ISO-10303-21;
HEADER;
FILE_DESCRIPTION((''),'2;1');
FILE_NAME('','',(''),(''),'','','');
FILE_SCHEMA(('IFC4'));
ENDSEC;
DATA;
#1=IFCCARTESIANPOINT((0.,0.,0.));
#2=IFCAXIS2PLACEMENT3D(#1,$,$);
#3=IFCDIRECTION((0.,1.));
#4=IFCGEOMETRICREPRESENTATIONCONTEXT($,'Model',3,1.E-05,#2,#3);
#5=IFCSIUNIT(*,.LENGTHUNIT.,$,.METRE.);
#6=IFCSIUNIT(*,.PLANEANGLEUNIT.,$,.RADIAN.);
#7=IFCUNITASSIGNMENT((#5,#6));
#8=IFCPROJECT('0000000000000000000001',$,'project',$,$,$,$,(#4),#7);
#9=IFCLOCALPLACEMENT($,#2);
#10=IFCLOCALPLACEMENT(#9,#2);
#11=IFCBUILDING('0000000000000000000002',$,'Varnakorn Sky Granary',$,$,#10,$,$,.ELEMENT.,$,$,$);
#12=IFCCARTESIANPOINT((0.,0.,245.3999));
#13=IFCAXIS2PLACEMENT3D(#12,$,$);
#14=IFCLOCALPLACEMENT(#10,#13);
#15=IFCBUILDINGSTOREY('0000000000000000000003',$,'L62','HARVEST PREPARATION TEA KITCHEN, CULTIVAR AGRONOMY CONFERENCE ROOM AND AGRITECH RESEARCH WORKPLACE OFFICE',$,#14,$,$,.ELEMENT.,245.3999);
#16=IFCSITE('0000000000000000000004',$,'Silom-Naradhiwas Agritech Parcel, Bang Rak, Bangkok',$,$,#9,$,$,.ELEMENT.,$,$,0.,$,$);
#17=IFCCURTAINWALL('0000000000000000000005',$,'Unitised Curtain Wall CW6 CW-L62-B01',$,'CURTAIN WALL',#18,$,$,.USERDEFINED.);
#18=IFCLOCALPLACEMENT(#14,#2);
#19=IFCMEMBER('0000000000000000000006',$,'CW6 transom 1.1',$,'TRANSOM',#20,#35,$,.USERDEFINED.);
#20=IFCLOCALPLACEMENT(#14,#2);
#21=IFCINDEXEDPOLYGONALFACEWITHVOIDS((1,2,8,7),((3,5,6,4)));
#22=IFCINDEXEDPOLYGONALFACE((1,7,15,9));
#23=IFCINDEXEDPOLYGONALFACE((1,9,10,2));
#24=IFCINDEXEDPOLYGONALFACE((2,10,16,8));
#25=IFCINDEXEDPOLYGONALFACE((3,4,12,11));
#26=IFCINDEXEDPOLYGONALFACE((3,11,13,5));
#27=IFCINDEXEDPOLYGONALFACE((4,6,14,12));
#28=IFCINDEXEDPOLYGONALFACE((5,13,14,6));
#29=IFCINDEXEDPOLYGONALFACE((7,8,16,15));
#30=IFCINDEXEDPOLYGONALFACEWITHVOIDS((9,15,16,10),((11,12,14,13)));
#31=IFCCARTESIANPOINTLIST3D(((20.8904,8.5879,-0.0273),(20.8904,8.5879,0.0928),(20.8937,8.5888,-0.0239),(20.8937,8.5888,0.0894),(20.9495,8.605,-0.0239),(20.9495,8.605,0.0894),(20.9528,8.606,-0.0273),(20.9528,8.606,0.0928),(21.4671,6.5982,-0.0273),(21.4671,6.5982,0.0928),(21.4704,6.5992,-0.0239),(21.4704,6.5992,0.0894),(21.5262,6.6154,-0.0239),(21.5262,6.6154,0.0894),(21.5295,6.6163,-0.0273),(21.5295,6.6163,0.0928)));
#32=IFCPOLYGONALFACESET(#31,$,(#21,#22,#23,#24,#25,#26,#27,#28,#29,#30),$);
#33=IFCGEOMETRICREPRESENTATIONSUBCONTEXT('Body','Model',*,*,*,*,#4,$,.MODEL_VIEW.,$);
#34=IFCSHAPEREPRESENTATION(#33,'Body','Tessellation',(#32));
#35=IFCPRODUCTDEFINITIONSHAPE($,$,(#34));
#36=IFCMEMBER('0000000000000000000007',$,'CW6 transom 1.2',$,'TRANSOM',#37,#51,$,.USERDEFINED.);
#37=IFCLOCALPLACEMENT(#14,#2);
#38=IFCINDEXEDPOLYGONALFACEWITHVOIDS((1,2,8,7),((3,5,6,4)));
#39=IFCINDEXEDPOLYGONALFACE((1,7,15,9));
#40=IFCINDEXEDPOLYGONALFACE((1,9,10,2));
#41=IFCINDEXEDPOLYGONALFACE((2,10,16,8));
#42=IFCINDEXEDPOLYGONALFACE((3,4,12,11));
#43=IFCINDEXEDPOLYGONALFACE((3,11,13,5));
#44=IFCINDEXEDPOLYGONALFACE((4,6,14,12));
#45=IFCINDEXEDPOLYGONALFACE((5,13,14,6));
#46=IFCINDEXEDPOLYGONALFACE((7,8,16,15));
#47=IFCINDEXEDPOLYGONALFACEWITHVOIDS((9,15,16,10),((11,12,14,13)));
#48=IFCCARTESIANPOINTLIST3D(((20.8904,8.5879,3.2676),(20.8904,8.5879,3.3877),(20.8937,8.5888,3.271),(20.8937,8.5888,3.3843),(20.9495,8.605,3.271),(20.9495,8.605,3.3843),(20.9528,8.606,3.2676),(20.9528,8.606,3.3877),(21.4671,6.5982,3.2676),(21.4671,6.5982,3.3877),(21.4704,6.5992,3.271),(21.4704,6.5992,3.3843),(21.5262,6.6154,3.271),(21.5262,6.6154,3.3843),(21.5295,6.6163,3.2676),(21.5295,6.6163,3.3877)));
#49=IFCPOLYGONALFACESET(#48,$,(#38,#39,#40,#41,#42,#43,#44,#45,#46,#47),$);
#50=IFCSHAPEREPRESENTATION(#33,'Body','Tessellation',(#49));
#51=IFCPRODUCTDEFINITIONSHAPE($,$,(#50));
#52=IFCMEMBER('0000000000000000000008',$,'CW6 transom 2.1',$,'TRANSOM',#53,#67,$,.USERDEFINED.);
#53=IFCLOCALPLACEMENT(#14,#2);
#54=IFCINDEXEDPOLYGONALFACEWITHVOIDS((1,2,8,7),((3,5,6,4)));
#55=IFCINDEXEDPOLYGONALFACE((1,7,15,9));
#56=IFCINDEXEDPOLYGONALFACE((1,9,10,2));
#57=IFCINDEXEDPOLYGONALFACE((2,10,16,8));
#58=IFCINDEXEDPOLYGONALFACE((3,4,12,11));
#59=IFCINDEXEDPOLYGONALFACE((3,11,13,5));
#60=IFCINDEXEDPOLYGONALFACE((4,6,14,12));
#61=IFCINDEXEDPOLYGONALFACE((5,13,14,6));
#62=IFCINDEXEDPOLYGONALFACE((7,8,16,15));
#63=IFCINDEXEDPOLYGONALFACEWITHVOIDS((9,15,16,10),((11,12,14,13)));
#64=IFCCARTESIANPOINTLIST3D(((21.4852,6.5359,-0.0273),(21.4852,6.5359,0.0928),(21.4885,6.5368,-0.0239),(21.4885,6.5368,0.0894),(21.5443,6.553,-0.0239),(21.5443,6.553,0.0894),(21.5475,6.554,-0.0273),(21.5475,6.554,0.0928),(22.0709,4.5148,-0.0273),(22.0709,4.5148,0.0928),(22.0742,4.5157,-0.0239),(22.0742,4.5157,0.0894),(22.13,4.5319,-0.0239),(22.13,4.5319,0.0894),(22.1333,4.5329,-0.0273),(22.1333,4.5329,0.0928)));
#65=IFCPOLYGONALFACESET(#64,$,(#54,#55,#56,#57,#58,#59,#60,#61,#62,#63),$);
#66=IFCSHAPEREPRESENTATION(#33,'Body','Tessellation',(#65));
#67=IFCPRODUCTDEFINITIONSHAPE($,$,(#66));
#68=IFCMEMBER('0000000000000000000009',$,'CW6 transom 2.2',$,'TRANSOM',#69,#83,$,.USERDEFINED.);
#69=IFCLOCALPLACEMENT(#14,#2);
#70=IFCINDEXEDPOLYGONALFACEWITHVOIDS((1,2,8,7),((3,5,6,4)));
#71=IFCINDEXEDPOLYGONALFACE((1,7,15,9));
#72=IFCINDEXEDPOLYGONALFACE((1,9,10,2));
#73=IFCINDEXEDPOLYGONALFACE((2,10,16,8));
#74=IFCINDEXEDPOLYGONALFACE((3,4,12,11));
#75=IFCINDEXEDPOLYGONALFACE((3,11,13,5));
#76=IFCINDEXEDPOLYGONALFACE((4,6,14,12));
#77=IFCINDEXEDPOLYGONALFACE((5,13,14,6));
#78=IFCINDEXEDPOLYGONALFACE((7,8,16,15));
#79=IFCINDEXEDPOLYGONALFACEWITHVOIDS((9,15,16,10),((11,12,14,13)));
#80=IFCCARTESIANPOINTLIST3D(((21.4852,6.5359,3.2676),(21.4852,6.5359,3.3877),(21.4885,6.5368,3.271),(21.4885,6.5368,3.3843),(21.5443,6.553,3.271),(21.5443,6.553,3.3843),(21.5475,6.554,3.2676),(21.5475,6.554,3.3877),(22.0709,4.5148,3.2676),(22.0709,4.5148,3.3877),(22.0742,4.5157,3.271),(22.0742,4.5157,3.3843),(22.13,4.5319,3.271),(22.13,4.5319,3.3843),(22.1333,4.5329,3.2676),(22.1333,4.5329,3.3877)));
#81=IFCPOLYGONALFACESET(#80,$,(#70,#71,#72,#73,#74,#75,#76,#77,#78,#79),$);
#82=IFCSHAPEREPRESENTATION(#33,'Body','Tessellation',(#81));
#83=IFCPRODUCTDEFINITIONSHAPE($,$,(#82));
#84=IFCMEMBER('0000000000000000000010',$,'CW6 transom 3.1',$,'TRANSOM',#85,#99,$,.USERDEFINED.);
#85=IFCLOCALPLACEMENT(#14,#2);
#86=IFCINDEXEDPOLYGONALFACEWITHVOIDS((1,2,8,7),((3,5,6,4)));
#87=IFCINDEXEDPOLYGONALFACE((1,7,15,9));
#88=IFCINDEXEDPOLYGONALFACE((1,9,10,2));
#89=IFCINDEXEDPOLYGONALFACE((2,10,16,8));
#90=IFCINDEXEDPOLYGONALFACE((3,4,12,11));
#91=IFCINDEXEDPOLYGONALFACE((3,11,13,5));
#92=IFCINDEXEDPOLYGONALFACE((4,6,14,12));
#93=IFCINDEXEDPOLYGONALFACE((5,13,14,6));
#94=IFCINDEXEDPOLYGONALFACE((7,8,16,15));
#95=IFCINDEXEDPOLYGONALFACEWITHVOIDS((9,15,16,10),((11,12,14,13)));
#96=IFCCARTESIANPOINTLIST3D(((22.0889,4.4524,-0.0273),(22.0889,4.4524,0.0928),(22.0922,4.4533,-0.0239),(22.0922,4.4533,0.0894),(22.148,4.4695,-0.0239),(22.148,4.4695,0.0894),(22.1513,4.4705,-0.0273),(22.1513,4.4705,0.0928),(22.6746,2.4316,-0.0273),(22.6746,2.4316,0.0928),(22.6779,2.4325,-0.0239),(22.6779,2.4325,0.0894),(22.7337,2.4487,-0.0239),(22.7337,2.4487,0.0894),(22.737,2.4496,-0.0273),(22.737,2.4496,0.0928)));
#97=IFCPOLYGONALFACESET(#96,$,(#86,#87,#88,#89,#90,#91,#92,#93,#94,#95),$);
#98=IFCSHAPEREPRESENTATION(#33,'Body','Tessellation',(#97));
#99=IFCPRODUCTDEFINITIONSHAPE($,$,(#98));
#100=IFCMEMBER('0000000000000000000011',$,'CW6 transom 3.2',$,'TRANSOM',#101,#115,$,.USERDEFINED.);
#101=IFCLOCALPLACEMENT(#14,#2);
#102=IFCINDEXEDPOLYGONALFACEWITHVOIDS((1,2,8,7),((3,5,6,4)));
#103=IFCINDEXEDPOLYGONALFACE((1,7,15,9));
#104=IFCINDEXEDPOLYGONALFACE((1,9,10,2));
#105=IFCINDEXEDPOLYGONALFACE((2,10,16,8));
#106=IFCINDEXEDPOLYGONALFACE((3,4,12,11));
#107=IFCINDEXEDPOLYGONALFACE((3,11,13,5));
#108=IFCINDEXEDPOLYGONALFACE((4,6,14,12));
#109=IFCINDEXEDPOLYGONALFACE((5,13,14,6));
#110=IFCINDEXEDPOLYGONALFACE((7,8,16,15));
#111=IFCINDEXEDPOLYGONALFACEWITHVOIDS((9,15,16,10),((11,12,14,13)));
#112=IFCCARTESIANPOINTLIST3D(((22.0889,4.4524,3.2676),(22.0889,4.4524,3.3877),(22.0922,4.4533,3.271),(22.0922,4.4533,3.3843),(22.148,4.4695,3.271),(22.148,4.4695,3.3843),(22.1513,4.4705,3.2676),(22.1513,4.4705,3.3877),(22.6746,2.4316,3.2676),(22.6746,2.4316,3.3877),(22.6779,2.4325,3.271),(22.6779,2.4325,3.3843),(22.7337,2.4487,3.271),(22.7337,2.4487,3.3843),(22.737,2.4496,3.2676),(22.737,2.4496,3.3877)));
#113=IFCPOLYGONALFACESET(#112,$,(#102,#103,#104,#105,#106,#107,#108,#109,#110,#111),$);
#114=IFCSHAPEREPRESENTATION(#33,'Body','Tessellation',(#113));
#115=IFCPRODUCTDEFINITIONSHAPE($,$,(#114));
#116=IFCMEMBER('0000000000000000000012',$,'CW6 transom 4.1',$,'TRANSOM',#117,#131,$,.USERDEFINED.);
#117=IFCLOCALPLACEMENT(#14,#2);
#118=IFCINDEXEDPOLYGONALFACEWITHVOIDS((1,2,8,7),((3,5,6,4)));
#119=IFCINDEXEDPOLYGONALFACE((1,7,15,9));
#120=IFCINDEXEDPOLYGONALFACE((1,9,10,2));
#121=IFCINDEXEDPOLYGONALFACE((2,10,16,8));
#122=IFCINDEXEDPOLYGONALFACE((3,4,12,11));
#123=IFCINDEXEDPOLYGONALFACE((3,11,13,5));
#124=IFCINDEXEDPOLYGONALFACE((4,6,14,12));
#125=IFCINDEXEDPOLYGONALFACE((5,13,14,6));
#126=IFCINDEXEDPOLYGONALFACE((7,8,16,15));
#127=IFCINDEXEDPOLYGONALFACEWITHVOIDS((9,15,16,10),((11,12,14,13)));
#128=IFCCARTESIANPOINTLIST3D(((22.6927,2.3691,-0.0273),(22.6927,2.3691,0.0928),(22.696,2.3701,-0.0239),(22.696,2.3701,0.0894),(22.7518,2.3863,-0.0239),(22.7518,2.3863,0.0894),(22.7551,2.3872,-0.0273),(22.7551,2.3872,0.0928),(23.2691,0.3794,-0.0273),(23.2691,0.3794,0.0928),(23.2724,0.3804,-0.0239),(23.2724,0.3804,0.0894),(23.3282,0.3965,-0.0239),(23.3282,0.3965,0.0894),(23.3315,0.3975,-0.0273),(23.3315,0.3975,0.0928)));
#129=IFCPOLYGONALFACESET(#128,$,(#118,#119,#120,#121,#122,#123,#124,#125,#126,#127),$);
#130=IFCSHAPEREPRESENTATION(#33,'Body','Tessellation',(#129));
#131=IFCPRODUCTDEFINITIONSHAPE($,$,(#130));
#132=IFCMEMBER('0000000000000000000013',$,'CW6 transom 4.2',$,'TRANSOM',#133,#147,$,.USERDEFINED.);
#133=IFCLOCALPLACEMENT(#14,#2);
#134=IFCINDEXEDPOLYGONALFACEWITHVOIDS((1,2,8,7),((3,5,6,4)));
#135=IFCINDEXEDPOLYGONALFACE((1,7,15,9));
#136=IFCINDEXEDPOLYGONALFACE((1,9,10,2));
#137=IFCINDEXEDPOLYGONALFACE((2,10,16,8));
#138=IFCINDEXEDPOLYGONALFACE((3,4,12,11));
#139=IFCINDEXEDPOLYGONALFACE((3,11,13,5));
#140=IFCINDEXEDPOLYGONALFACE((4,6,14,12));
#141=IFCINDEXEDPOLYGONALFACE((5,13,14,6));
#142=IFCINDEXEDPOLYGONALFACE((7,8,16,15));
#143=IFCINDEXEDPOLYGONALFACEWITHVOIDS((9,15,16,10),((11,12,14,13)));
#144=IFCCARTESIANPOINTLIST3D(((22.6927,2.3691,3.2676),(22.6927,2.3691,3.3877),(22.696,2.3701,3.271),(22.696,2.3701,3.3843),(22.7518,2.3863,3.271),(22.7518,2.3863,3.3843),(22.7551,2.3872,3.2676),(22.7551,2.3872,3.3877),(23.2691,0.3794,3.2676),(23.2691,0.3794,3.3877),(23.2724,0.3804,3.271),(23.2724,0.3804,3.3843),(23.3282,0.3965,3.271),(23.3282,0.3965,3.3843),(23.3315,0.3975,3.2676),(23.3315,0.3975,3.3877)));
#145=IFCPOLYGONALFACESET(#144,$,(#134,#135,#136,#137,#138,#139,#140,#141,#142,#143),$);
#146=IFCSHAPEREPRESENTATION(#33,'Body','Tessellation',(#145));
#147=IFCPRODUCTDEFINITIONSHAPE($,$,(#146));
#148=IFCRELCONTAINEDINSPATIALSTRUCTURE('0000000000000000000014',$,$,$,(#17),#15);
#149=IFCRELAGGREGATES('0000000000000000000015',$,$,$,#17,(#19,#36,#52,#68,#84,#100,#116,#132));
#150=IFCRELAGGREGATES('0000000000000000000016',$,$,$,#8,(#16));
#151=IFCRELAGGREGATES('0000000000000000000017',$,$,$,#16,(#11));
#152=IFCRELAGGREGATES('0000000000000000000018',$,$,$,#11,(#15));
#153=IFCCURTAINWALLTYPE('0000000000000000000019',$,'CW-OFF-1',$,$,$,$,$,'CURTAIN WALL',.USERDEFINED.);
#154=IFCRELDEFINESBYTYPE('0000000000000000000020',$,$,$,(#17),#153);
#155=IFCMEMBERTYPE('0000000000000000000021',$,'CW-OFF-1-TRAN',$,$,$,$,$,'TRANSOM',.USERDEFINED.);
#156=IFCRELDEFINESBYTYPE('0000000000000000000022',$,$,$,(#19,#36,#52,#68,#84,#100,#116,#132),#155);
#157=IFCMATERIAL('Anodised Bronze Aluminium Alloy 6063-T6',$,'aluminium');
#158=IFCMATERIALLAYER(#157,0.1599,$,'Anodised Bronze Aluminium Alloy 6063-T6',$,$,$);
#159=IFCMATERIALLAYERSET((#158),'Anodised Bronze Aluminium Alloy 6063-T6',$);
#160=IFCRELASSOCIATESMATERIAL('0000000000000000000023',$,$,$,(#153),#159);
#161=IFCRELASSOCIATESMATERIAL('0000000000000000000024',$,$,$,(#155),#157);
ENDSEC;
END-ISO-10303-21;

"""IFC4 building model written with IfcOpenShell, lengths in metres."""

from ifc_helpers import new_model, si_unit, direction, frame, origin, origin_2d, place, context, subcontext, project, spatial, hollow_rectangle, extrude, material, layer, layer_set, material_profile, profile_set, type_object, element, aggregate, save


model = new_model("IFC4")

# Units and contexts
model_context = context("Model", 3, precision=1e-05, world=origin(), true_north=direction((0.0, 1.0)))
body_context = subcontext(model_context, "Body", "Model", "MODEL_VIEW")
ifc_project = project(units=[si_unit("LENGTHUNIT", "METRE"), si_unit("PLANEANGLEUNIT", "RADIAN")], contexts=[model_context])

# Site, building, storey
site_placement = place(None, origin())
site = spatial("IfcSite", under=ifc_project, at=site_placement, Name="Silom-Naradhiwas Agritech Parcel, Bang Rak, Bangkok", CompositionType="ELEMENT", RefElevation=0.0)
building_placement = place(site_placement, origin())
building = spatial("IfcBuilding", under=site, at=building_placement, Name="Varnakorn Sky Granary", CompositionType="ELEMENT")
storey_placement = place(building_placement, frame((0.0, 0.0, 245.3999)))
storey = spatial("IfcBuildingStorey", under=building, at=storey_placement, Name="L62", Description="HARVEST PREPARATION TEA KITCHEN, CULTIVAR AGRONOMY CONFERENCE ROOM AND AGRITECH RESEARCH WORKPLACE OFFICE", CompositionType="ELEMENT", Elevation=245.3999)

# Curtain wall, members
ifc_material_1 = material(Name="Anodised Bronze Aluminium Alloy 6063-T6", Category="aluminium")
ifc_layer_1 = layer(ifc_material_1, 0.1599, Name="Anodised Bronze Aluminium Alloy 6063-T6")
ifc_layer_set_1 = layer_set([ifc_layer_1], Name="Anodised Bronze Aluminium Alloy 6063-T6")
curtain_wall_type = type_object("IfcCurtainWallType", Name="CW-OFF-1", ElementType="CURTAIN WALL", PredefinedType="USERDEFINED", material=ifc_layer_set_1)
curtain_wall_placement = place(storey_placement, origin())
curtain_wall = element("IfcCurtainWall", 1, at=curtain_wall_placement, inside=storey, type_object=curtain_wall_type, Name="Unitised Curtain Wall CW6 CW-L62-B01", ObjectType="CURTAIN WALL", PredefinedType="USERDEFINED")
ifc_material_profile_1 = material_profile(ifc_material_1, hollow_rectangle(XDim=0.0649, YDim=0.1201, WallThickness=0.0034, at=origin_2d()), Name="ALU TRAN 65x120")
ifc_profile_set_1 = profile_set([ifc_material_profile_1], Name="Anodised Bronze Aluminium Alloy 6063-T6")
member_type_1 = type_object("IfcMemberType", Name="CW-OFF-1-TRAN", ElementType="TRANSOM", PredefinedType="USERDEFINED", material=ifc_profile_set_1)
member_1_placement = place(storey_placement, frame((20.9216, 8.5969, 0.0327), z_axis=(0.278361, -0.960476, 0.0), x_axis=(0.960476, 0.278361, 0.0)))
member_1 = element("IfcMember", 2, at=member_1_placement, type_object=member_type_1, Name="CW6 transom 1.1", ObjectType="TRANSOM", PredefinedType="USERDEFINED", context=body_context, shape_type="SweptSolid", body=[
    extrude(hollow_rectangle(XDim=0.0649, YDim=0.1201, WallThickness=0.0034, at=origin_2d()), origin(), (0.0, 0.0, 1.0), 2.0715),
])
member_2_placement = place(storey_placement, frame((20.9216, 8.5969, 3.3276), z_axis=(0.278361, -0.960476, 0.0), x_axis=(0.960476, 0.278361, 0.0)))
member_2 = element("IfcMember", 3, at=member_2_placement, type_object=member_type_1, Name="CW6 transom 1.2", ObjectType="TRANSOM", PredefinedType="USERDEFINED", context=body_context, shape_type="SweptSolid", body=[
    extrude(hollow_rectangle(XDim=0.0649, YDim=0.1201, WallThickness=0.0034, at=origin_2d()), origin(), (0.0, 0.0, 1.0), 2.0715),
])
member_3_placement = place(storey_placement, frame((21.5164, 6.5449, 0.0327), z_axis=(0.278351, -0.960479, 0.0), x_axis=(0.960479, 0.278351, 0.0)))
member_3 = element("IfcMember", 4, at=member_3_placement, type_object=member_type_1, Name="CW6 transom 2.1", ObjectType="TRANSOM", PredefinedType="USERDEFINED", context=body_context, shape_type="SweptSolid", body=[
    extrude(hollow_rectangle(XDim=0.0649, YDim=0.1201, WallThickness=0.0034, at=origin_2d()), origin(), (0.0, 0.0, 1.0), 2.1042),
])
member_4_placement = place(storey_placement, frame((21.5164, 6.5449, 3.3276), z_axis=(0.278351, -0.960479, 0.0), x_axis=(0.960479, 0.278351, 0.0)))
member_4 = element("IfcMember", 5, at=member_4_placement, type_object=member_type_1, Name="CW6 transom 2.2", ObjectType="TRANSOM", PredefinedType="USERDEFINED", context=body_context, shape_type="SweptSolid", body=[
    extrude(hollow_rectangle(XDim=0.0649, YDim=0.1201, WallThickness=0.0034, at=origin_2d()), origin(), (0.0, 0.0, 1.0), 2.1042),
])
member_5_placement = place(storey_placement, frame((22.1201, 4.4614, 0.0327), z_axis=(0.278382, -0.96047, 0.0), x_axis=(0.96047, 0.278382, 0.0)))
member_5 = element("IfcMember", 6, at=member_5_placement, type_object=member_type_1, Name="CW6 transom 3.1", ObjectType="TRANSOM", PredefinedType="USERDEFINED", context=body_context, shape_type="SweptSolid", body=[
    extrude(hollow_rectangle(XDim=0.0649, YDim=0.1201, WallThickness=0.0034, at=origin_2d()), origin(), (0.0, 0.0, 1.0), 2.104),
])
member_6_placement = place(storey_placement, frame((22.1201, 4.4614, 3.3276), z_axis=(0.278382, -0.96047, 0.0), x_axis=(0.96047, 0.278382, 0.0)))
member_6 = element("IfcMember", 7, at=member_6_placement, type_object=member_type_1, Name="CW6 transom 3.2", ObjectType="TRANSOM", PredefinedType="USERDEFINED", context=body_context, shape_type="SweptSolid", body=[
    extrude(hollow_rectangle(XDim=0.0649, YDim=0.1201, WallThickness=0.0034, at=origin_2d()), origin(), (0.0, 0.0, 1.0), 2.104),
])
member_7_placement = place(storey_placement, frame((22.7239, 2.3782, 0.0327), z_axis=(0.278253, -0.960508, 0.0), x_axis=(0.960508, 0.278253, 0.0)))
member_7 = element("IfcMember", 8, at=member_7_placement, type_object=member_type_1, Name="CW6 transom 4.1", ObjectType="TRANSOM", PredefinedType="USERDEFINED", context=body_context, shape_type="SweptSolid", body=[
    extrude(hollow_rectangle(XDim=0.0649, YDim=0.1201, WallThickness=0.0034, at=origin_2d()), origin(), (0.0, 0.0, 1.0), 2.0715),
])
member_8_placement = place(storey_placement, frame((22.7239, 2.3782, 3.3276), z_axis=(0.278253, -0.960508, 0.0), x_axis=(0.960508, 0.278253, 0.0)))
member_8 = element("IfcMember", 9, at=member_8_placement, type_object=member_type_1, Name="CW6 transom 4.2", ObjectType="TRANSOM", PredefinedType="USERDEFINED", context=body_context, shape_type="SweptSolid", body=[
    extrude(hollow_rectangle(XDim=0.0649, YDim=0.1201, WallThickness=0.0034, at=origin_2d()), origin(), (0.0, 0.0, 1.0), 2.0715),
])

aggregate(curtain_wall, [member_1, member_2, member_3, member_4, member_5, member_6, member_7, member_8])

save(model, "model.ifc")
